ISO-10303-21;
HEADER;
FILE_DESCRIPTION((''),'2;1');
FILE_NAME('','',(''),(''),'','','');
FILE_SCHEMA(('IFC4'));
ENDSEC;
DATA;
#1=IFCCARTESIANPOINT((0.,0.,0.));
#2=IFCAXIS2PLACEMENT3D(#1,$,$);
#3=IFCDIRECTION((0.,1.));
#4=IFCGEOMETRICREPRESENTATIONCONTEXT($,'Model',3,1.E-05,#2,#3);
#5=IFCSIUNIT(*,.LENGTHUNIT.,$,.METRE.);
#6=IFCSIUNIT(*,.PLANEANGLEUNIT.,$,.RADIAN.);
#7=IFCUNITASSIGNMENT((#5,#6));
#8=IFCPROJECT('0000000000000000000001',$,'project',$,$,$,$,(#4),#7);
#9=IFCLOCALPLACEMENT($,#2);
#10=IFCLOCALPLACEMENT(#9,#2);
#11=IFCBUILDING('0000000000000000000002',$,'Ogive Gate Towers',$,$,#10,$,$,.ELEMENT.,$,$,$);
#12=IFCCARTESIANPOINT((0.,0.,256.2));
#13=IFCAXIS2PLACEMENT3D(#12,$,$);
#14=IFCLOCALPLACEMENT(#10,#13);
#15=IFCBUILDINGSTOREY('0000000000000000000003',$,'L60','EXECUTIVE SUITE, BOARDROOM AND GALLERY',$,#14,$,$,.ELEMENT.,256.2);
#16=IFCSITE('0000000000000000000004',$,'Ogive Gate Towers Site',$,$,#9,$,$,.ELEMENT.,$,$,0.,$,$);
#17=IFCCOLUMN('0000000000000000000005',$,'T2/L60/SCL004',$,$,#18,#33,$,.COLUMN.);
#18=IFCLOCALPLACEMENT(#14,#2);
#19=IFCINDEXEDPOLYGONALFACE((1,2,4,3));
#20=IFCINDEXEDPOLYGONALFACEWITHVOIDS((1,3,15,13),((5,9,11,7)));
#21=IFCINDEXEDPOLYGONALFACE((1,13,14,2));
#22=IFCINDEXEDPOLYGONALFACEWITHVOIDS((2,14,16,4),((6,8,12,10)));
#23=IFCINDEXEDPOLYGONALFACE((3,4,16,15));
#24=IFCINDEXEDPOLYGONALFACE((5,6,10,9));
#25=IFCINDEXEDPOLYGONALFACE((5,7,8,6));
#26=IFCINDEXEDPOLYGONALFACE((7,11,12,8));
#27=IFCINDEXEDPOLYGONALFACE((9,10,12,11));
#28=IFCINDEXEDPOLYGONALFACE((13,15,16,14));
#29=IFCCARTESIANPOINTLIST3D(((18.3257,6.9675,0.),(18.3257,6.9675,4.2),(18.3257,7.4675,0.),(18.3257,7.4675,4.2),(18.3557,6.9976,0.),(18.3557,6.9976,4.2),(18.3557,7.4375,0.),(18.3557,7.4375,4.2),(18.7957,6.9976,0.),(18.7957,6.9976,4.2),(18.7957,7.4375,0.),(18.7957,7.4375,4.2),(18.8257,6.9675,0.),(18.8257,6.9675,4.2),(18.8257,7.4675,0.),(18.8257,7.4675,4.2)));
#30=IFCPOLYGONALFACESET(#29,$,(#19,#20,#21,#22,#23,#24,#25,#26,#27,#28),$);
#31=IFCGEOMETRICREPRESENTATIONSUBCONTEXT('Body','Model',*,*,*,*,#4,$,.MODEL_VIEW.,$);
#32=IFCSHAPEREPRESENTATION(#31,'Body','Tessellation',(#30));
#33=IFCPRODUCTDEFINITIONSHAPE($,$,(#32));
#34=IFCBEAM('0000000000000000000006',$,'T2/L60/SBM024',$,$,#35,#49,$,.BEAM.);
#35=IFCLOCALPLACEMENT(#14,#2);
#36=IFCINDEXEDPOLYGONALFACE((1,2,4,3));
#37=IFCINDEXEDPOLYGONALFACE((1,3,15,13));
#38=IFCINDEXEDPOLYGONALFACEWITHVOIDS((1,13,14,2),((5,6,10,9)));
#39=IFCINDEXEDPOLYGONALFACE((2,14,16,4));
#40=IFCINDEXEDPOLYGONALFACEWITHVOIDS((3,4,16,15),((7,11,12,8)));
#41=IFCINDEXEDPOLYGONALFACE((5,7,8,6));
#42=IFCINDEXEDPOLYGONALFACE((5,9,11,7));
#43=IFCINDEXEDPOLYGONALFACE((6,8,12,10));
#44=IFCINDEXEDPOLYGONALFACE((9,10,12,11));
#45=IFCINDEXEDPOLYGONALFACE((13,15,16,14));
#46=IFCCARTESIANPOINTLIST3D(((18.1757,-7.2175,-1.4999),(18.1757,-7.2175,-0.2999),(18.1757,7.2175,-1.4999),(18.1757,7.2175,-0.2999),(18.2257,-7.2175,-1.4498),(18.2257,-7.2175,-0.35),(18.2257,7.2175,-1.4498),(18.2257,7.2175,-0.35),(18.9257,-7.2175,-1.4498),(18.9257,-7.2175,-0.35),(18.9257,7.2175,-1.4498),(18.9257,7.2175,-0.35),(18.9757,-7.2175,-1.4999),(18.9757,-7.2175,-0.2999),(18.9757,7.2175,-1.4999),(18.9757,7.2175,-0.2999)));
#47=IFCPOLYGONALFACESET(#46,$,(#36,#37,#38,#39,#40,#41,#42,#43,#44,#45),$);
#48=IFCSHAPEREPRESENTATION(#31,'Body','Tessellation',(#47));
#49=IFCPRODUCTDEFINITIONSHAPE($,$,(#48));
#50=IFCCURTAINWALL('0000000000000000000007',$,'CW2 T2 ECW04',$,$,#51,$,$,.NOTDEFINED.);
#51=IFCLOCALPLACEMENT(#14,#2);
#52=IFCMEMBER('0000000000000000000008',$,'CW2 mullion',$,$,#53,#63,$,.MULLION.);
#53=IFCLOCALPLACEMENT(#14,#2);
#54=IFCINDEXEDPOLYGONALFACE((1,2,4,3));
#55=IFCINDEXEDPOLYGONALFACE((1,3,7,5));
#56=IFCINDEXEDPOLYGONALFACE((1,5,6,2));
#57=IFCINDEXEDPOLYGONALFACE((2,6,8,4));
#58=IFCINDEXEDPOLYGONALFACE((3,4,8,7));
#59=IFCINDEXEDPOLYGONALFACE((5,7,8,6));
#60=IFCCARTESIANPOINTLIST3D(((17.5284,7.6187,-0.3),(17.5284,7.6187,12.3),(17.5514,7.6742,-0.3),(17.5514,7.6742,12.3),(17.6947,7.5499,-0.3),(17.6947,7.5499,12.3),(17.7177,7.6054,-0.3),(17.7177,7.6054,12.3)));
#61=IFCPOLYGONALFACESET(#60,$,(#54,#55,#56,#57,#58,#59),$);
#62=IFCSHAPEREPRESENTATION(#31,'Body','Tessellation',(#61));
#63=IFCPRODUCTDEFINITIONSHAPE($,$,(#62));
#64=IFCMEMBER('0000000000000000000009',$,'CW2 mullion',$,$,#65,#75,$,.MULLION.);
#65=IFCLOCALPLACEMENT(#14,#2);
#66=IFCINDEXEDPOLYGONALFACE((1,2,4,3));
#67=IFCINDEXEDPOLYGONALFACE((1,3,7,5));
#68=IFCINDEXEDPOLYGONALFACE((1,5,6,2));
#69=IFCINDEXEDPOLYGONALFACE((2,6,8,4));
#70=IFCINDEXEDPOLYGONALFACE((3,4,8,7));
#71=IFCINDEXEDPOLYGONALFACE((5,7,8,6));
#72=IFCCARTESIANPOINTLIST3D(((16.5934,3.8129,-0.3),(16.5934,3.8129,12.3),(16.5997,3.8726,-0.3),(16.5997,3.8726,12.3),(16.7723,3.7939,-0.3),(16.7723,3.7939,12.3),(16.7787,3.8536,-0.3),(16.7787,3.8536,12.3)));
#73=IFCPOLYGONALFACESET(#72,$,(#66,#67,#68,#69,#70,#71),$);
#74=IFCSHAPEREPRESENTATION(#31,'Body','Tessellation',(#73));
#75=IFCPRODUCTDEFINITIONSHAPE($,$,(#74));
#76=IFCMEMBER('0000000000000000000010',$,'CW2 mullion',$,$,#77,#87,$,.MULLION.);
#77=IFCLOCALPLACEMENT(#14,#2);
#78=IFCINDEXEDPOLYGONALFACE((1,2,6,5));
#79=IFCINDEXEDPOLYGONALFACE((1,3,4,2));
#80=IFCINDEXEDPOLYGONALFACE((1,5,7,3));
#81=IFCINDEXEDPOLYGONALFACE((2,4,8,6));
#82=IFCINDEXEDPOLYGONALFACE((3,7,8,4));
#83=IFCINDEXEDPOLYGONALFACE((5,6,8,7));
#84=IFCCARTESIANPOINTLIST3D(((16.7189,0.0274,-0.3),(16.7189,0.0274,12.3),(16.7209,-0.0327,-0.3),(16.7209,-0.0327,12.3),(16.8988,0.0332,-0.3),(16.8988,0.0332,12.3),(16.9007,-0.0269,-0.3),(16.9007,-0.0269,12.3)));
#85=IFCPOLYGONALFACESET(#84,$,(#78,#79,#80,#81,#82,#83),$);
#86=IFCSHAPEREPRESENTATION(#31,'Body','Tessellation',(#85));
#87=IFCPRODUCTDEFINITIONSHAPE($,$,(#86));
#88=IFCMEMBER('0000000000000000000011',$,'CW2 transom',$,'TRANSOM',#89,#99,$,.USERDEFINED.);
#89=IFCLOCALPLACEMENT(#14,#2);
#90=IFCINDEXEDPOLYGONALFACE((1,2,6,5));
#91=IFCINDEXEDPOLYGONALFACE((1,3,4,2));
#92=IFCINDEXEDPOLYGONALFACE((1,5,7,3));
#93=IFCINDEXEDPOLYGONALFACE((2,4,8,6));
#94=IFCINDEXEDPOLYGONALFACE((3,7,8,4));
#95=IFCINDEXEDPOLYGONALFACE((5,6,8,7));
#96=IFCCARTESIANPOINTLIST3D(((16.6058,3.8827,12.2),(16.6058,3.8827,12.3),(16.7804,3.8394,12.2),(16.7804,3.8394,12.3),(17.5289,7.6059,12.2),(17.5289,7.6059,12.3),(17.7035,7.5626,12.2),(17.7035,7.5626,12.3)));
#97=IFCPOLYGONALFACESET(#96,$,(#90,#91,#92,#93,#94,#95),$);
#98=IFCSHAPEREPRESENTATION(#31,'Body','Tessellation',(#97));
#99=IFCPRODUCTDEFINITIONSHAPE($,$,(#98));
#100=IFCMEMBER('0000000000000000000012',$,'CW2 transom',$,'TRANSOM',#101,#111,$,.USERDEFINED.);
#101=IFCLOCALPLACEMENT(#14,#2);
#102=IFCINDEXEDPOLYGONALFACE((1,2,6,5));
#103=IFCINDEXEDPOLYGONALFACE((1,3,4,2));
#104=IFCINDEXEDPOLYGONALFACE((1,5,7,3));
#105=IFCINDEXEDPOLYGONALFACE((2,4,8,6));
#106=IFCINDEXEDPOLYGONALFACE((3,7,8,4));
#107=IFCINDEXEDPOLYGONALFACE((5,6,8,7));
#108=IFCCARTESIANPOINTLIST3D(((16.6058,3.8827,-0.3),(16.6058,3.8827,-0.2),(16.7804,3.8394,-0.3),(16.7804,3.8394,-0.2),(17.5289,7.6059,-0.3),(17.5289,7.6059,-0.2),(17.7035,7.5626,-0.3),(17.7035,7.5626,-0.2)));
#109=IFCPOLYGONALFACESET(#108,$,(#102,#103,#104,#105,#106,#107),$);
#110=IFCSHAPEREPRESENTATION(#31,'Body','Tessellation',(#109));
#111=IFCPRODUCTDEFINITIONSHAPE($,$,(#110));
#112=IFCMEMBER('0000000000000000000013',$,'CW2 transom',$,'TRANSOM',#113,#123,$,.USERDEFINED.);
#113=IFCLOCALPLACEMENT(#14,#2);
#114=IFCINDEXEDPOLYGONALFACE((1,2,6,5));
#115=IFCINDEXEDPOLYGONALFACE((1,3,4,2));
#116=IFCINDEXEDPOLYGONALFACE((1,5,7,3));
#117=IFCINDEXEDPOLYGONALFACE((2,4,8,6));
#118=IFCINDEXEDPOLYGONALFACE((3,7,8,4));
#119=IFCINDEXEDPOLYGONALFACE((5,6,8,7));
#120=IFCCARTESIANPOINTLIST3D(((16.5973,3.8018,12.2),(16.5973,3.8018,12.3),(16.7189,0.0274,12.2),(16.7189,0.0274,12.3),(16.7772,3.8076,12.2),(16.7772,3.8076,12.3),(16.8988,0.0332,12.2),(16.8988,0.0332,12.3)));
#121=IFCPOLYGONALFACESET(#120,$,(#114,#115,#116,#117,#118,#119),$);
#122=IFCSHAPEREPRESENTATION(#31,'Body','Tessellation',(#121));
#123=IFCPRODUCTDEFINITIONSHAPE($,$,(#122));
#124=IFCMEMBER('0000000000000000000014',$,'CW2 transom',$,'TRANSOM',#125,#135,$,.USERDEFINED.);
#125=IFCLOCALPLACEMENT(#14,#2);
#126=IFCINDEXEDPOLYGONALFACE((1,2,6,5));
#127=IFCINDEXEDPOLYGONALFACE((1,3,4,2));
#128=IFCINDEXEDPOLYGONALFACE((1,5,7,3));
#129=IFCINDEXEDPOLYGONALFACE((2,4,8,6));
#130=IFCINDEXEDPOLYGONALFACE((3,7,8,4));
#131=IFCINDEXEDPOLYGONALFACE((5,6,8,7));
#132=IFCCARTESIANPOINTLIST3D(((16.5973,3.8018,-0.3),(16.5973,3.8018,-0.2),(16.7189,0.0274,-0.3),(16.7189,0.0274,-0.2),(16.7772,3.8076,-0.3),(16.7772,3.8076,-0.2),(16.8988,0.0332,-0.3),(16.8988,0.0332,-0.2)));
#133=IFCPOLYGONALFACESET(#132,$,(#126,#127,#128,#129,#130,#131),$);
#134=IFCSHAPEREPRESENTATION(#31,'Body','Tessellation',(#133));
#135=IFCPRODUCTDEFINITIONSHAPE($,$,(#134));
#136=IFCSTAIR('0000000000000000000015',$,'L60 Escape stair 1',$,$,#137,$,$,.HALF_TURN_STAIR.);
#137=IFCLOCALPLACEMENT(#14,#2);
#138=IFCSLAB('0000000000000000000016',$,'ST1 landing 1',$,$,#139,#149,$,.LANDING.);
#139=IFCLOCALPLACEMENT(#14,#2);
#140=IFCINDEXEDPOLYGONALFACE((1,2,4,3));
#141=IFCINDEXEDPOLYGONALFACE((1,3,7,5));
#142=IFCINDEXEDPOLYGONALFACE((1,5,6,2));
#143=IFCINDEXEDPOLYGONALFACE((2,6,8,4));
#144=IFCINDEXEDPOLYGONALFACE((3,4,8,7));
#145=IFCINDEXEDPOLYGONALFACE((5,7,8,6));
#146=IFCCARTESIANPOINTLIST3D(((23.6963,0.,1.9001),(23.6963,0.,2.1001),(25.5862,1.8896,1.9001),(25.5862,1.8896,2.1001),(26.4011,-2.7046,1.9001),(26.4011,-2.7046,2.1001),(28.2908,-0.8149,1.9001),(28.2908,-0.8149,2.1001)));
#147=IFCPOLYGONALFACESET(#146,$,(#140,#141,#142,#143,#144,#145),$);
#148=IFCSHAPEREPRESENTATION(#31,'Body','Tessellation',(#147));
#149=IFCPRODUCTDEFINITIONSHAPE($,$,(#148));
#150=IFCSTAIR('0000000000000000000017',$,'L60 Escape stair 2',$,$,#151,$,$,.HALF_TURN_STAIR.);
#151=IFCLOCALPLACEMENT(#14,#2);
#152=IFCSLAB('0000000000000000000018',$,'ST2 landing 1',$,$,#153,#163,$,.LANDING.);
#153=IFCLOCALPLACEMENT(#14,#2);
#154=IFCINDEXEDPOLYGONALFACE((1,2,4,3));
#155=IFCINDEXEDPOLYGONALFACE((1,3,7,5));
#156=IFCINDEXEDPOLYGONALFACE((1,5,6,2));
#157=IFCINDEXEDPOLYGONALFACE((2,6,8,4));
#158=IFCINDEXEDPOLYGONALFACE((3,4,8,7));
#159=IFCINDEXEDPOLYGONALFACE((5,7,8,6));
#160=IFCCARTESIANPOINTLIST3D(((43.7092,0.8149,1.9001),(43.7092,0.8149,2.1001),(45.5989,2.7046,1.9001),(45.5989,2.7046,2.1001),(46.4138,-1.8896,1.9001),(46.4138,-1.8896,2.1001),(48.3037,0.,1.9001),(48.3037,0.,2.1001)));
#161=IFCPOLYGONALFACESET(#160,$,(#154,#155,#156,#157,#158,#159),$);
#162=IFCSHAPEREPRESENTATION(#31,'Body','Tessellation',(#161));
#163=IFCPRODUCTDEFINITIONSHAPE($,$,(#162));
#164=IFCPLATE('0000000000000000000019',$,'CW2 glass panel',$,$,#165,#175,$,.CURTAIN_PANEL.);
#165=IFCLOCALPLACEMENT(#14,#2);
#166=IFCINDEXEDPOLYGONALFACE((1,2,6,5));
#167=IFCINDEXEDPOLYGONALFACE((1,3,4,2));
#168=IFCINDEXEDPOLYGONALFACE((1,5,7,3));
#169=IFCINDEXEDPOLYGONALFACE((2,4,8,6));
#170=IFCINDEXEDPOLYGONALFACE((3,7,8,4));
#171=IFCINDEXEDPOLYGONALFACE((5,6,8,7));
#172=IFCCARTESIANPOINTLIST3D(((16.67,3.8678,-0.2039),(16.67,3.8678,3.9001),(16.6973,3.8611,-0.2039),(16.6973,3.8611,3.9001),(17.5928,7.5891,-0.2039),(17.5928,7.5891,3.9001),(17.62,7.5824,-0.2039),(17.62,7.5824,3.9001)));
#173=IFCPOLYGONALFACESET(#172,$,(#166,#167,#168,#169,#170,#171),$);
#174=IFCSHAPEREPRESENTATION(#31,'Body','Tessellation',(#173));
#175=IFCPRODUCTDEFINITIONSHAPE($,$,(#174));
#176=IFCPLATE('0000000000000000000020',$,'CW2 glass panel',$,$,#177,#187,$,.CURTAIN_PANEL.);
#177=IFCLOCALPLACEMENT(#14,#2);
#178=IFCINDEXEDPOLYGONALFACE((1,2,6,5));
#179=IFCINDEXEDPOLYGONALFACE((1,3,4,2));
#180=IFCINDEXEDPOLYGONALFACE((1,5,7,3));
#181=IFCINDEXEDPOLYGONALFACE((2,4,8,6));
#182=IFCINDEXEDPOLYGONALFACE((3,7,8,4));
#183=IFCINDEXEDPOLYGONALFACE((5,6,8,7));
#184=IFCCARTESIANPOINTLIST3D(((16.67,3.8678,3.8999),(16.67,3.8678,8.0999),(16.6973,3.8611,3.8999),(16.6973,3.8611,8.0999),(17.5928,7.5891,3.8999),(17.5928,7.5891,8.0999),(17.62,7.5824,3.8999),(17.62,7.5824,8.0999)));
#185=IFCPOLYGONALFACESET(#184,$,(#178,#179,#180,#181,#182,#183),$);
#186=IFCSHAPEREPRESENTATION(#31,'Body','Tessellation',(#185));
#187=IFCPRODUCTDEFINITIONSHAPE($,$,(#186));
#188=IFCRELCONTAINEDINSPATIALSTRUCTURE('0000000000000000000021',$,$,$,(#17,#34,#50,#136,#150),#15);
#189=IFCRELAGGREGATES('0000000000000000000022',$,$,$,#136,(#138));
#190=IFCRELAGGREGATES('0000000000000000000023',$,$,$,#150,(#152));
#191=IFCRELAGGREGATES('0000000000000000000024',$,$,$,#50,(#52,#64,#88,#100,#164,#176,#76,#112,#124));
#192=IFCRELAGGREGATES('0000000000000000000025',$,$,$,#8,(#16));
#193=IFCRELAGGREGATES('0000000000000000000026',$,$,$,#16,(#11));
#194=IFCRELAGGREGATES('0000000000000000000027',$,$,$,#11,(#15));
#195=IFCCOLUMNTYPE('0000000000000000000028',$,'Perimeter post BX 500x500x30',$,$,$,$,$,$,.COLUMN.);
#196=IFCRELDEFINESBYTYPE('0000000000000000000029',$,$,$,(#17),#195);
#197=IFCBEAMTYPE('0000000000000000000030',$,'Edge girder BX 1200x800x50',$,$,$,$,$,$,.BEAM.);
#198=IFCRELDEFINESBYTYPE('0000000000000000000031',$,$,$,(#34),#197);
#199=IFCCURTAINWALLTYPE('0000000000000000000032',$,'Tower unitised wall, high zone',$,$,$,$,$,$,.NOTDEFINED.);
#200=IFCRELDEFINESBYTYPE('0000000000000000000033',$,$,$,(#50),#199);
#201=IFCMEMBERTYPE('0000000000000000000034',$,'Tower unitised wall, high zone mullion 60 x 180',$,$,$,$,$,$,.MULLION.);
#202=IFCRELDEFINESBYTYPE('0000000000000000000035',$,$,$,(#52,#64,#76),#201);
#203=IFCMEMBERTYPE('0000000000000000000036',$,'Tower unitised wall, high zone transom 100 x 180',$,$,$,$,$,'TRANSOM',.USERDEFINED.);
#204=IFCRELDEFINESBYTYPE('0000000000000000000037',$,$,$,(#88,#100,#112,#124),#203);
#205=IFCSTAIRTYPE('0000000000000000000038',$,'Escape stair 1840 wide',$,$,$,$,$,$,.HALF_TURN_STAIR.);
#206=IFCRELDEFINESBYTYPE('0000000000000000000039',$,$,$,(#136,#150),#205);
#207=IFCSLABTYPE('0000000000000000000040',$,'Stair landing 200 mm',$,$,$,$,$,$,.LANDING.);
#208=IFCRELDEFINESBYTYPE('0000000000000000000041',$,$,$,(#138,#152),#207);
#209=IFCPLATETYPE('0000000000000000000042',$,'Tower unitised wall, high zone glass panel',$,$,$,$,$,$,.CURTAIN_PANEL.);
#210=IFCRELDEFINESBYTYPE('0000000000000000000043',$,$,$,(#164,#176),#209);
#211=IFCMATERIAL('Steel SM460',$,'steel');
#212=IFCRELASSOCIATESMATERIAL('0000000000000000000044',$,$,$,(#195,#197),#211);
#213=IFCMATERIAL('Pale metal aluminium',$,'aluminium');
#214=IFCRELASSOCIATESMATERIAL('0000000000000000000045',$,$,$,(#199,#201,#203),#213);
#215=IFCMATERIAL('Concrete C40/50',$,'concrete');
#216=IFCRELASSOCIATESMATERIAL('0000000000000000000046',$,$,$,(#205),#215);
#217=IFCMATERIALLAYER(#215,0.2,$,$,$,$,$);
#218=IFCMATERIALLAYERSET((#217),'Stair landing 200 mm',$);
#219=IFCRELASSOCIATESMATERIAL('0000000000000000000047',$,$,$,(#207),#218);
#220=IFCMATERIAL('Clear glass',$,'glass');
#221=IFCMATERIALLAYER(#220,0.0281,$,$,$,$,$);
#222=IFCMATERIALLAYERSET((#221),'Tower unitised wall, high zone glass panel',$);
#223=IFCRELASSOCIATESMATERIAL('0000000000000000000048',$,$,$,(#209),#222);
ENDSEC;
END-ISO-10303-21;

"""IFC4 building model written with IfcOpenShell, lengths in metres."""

from ifc_helpers import new_model, si_unit, direction, frame, origin, origin_2d, place, context, subcontext, project, spatial, polyline, rectangle, hollow_rectangle, outline, extrude, material, layer, layer_set, material_profile, profile_set, type_object, element, aggregate, save


model = new_model("IFC4")

# Units and contexts
model_context = context("Model", 3, precision=1e-05, world=origin(), true_north=direction((0.0, 1.0)))
body_context = subcontext(model_context, "Body", "Model", "MODEL_VIEW")
ifc_project = project(units=[si_unit("LENGTHUNIT", "METRE"), si_unit("PLANEANGLEUNIT", "RADIAN")], contexts=[model_context])

# Site, building, storey
site_placement = place(None, origin())
site = spatial("IfcSite", under=ifc_project, at=site_placement, Name="Ogive Gate Towers Site", CompositionType="ELEMENT", RefElevation=0.0)
building_placement = place(site_placement, origin())
building = spatial("IfcBuilding", under=site, at=building_placement, Name="Ogive Gate Towers", CompositionType="ELEMENT")
storey_placement = place(building_placement, frame((0.0, 0.0, 256.2)))
storey = spatial("IfcBuildingStorey", under=building, at=storey_placement, Name="L60", Description="EXECUTIVE SUITE, BOARDROOM AND GALLERY", CompositionType="ELEMENT", Elevation=256.2)

# Column
ifc_material_1 = material(Name="Steel SM460", Category="steel")
ifc_material_profile_1 = material_profile(ifc_material_1, hollow_rectangle(XDim=0.5, YDim=0.5, WallThickness=0.03, at=origin_2d()), Name="BX 500x500x30")
ifc_profile_set_1 = profile_set([ifc_material_profile_1], Name="Steel SM460")
column_type = type_object("IfcColumnType", Name="Perimeter post BX 500x500x30", PredefinedType="COLUMN", material=ifc_profile_set_1)
column_placement = place(storey_placement, frame((18.5757, 7.2175, 0.0), z_axis=(0.0, 0.0, 1.0), x_axis=(1.0, 0.0, 0.0)))
element("IfcColumn", 1, at=column_placement, inside=storey, type_object=column_type, Name="T2/L60/SCL004", PredefinedType="COLUMN", context=body_context, shape_type="SweptSolid", body=[
    extrude(hollow_rectangle(XDim=0.5, YDim=0.5, WallThickness=0.03, at=origin_2d()), origin(), (0.0, 0.0, 1.0), 4.2),
])

# Beam
ifc_material_profile_2 = material_profile(ifc_material_1, hollow_rectangle(XDim=0.8, YDim=1.2, WallThickness=0.05, at=origin_2d()), Name="BX 1200x800x50")
ifc_profile_set_2 = profile_set([ifc_material_profile_2], Name="Steel SM460")
beam_type = type_object("IfcBeamType", Name="Edge girder BX 1200x800x50", PredefinedType="BEAM", material=ifc_profile_set_2)
beam_placement = place(storey_placement, frame((18.5757, 7.2175, -0.8999), z_axis=(0.0, -1.0, 0.0), x_axis=(1.0, 0.0, 0.0)))
element("IfcBeam", 2, at=beam_placement, inside=storey, type_object=beam_type, Name="T2/L60/SBM024", PredefinedType="BEAM", context=body_context, shape_type="SweptSolid", body=[
    extrude(hollow_rectangle(XDim=0.8, YDim=1.2, WallThickness=0.05, at=origin_2d()), origin(), (0.0, 0.0, 1.0), 14.4351),
])

# Curtain wall, members
ifc_material_2 = material(Name="Pale metal aluminium", Category="aluminium")
curtain_wall_type = type_object("IfcCurtainWallType", Name="Tower unitised wall, high zone", PredefinedType="NOTDEFINED", material=ifc_material_2)
curtain_wall_placement = place(storey_placement, origin())
curtain_wall = element("IfcCurtainWall", 3, at=curtain_wall_placement, inside=storey, type_object=curtain_wall_type, Name="CW2 T2 ECW04", PredefinedType="NOTDEFINED")
ifc_material_profile_3 = material_profile(ifc_material_2, rectangle(XDim=0.1799, YDim=0.0601, at=origin_2d()), Name="60 x 180 aluminium box")
ifc_profile_set_3 = profile_set([ifc_material_profile_3], Name="Pale metal aluminium")
member_type_1 = type_object("IfcMemberType", Name="Tower unitised wall, high zone mullion 60 x 180", PredefinedType="MULLION", material=ifc_profile_set_3)
member_1_placement = place(storey_placement, frame((17.623, 7.6121, -0.3), z_axis=(0.0, 0.0, 1.0), x_axis=(-0.92388, 0.382683, 0.0)))
member_1 = element("IfcMember", 4, at=member_1_placement, type_object=member_type_1, Name="CW2 mullion", PredefinedType="MULLION", context=body_context, shape_type="SweptSolid", body=[
    extrude(rectangle(XDim=0.1799, YDim=0.0601, at=origin_2d()), origin(), (0.0, 0.0, 1.0), 12.6001),
])
member_2_placement = place(storey_placement, frame((16.686, 3.8333, -0.3), z_axis=(0.0, 0.0, 1.0), x_axis=(-0.994451, 0.105205, 0.0)))
member_2 = element("IfcMember", 5, at=member_2_placement, type_object=member_type_1, Name="CW2 mullion", PredefinedType="MULLION", context=body_context, shape_type="SweptSolid", body=[
    extrude(rectangle(XDim=0.1799, YDim=0.0601, at=origin_2d()), origin(), (0.0, 0.0, 1.0), 12.6001),
])
member_3_placement = place(storey_placement, frame((16.8098, 0.0002, -0.3), z_axis=(0.0, 0.0, 1.0), x_axis=(-0.99948, -0.032248, 0.0)))
member_3 = element("IfcMember", 6, at=member_3_placement, type_object=member_type_1, Name="CW2 mullion", PredefinedType="MULLION", context=body_context, shape_type="SweptSolid", body=[
    extrude(rectangle(XDim=0.1799, YDim=0.0601, at=origin_2d()), origin(), (0.0, 0.0, 1.0), 12.6001),
])
ifc_material_profile_4 = material_profile(ifc_material_2, rectangle(XDim=0.1799, YDim=0.1001, at=origin_2d()), Name="100 x 180 aluminium box")
ifc_profile_set_4 = profile_set([ifc_material_profile_4], Name="Pale metal aluminium")
member_type_2 = type_object("IfcMemberType", Name="Tower unitised wall, high zone transom 100 x 180", ElementType="TRANSOM", PredefinedType="USERDEFINED", material=ifc_profile_set_4)
member_4_placement = place(storey_placement, frame((17.6162, 7.5842, 12.25), z_axis=(-0.240648, -0.970612, 0.0), x_axis=(0.970612, -0.240648, 0.0)))
member_4 = element("IfcMember", 7, at=member_4_placement, type_object=member_type_2, Name="CW2 transom", ObjectType="TRANSOM", PredefinedType="USERDEFINED", context=body_context, shape_type="SweptSolid", body=[
    extrude(rectangle(XDim=0.1799, YDim=0.1001, at=origin_2d()), origin(), (0.0, 0.0, 1.0), 3.8359),
])
member_5_placement = place(storey_placement, frame((17.6162, 7.5842, -0.25), z_axis=(-0.240648, -0.970612, 0.0), x_axis=(0.970612, -0.240648, 0.0)))
member_5 = element("IfcMember", 8, at=member_5_placement, type_object=member_type_2, Name="CW2 transom", ObjectType="TRANSOM", PredefinedType="USERDEFINED", context=body_context, shape_type="SweptSolid", body=[
    extrude(rectangle(XDim=0.1799, YDim=0.1001, at=origin_2d()), origin(), (0.0, 0.0, 1.0), 3.8359),
])
member_6_placement = place(storey_placement, frame((16.6873, 3.8047, 12.25), z_axis=(0.032195, -0.999482, 0.0), x_axis=(0.999482, 0.032195, 0.0)))
member_6 = element("IfcMember", 9, at=member_6_placement, type_object=member_type_2, Name="CW2 transom", ObjectType="TRANSOM", PredefinedType="USERDEFINED", context=body_context, shape_type="SweptSolid", body=[
    extrude(rectangle(XDim=0.1799, YDim=0.1001, at=origin_2d()), origin(), (0.0, 0.0, 1.0), 3.7764),
])
member_7_placement = place(storey_placement, frame((16.6873, 3.8047, -0.25), z_axis=(0.032195, -0.999482, 0.0), x_axis=(0.999482, 0.032195, 0.0)))
member_7 = element("IfcMember", 10, at=member_7_placement, type_object=member_type_2, Name="CW2 transom", ObjectType="TRANSOM", PredefinedType="USERDEFINED", context=body_context, shape_type="SweptSolid", body=[
    extrude(rectangle(XDim=0.1799, YDim=0.1001, at=origin_2d()), origin(), (0.0, 0.0, 1.0), 3.7764),
])

# Stairs, slabs
ifc_material_3 = material(Name="Concrete C40/50", Category="concrete")
stair_type = type_object("IfcStairType", Name="Escape stair 1840 wide", PredefinedType="HALF_TURN_STAIR", material=ifc_material_3)
stair_1_placement = place(storey_placement, origin())
stair_1 = element("IfcStair", 11, at=stair_1_placement, inside=storey, type_object=stair_type, Name="L60 Escape stair 1", PredefinedType="HALF_TURN_STAIR")
ifc_layer_1 = layer(ifc_material_3, 0.2)
ifc_layer_set_1 = layer_set([ifc_layer_1], Name="Stair landing 200 mm")
slab_type = type_object("IfcSlabType", Name="Stair landing 200 mm", PredefinedType="LANDING", material=ifc_layer_set_1)
slab_1_placement = place(storey_placement, frame((0.0, 0.0, 1.9001)))
slab_1 = element("IfcSlab", 12, at=slab_1_placement, type_object=slab_type, Name="ST1 landing 1", PredefinedType="LANDING", context=body_context, shape_type="SweptSolid", body=[
    extrude(outline(polyline([(25.5862, 1.8896), (23.6963, 0.0), (26.4011, -2.7046), (28.2908, -0.8149), (25.5862, 1.8896)])), origin(), (0.0, 0.0, 1.0), 0.2),
])
aggregate(stair_1, [slab_1])
stair_2_placement = place(storey_placement, origin())
stair_2 = element("IfcStair", 13, at=stair_2_placement, inside=storey, type_object=stair_type, Name="L60 Escape stair 2", PredefinedType="HALF_TURN_STAIR")
slab_2_placement = place(storey_placement, frame((0.0, 0.0, 1.9001)))
slab_2 = element("IfcSlab", 14, at=slab_2_placement, type_object=slab_type, Name="ST2 landing 1", PredefinedType="LANDING", context=body_context, shape_type="SweptSolid", body=[
    extrude(outline(polyline([(46.4138, -1.8896), (48.3037, 0.0), (45.5989, 2.7046), (43.7092, 0.8149), (46.4138, -1.8896)])), origin(), (0.0, 0.0, 1.0), 0.2),
])
aggregate(stair_2, [slab_2])

# Plates
ifc_material_4 = material(Name="Clear glass", Category="glass")
ifc_layer_2 = layer(ifc_material_4, 0.0281)
ifc_layer_set_2 = layer_set([ifc_layer_2], Name="Tower unitised wall, high zone glass panel")
plate_type = type_object("IfcPlateType", Name="Tower unitised wall, high zone glass panel", PredefinedType="CURTAIN_PANEL", material=ifc_layer_set_2)
plate_1_placement = place(storey_placement, frame((17.145, 5.7251, -0.2039), z_axis=(0.0, 0.0, 1.0), x_axis=(-0.240669, -0.970607, 0.0)))
plate_1 = element("IfcPlate", 15, at=plate_1_placement, type_object=plate_type, Name="CW2 glass panel", PredefinedType="CURTAIN_PANEL", context=body_context, shape_type="SweptSolid", body=[
    extrude(rectangle(XDim=3.834, YDim=0.0281, at=origin_2d()), origin(), (0.0, 0.0, 1.0), 4.104),
])
plate_2_placement = place(storey_placement, frame((17.145, 5.7251, 3.8999), z_axis=(0.0, 0.0, 1.0), x_axis=(-0.240669, -0.970607, 0.0)))
plate_2 = element("IfcPlate", 16, at=plate_2_placement, type_object=plate_type, Name="CW2 glass panel", PredefinedType="CURTAIN_PANEL", context=body_context, shape_type="SweptSolid", body=[
    extrude(rectangle(XDim=3.834, YDim=0.0281, at=origin_2d()), origin(), (0.0, 0.0, 1.0), 4.2),
])
aggregate(curtain_wall, [member_1, member_2, member_4, member_5, plate_1, plate_2, member_3, member_6, member_7])

save(model, "model.ifc")
